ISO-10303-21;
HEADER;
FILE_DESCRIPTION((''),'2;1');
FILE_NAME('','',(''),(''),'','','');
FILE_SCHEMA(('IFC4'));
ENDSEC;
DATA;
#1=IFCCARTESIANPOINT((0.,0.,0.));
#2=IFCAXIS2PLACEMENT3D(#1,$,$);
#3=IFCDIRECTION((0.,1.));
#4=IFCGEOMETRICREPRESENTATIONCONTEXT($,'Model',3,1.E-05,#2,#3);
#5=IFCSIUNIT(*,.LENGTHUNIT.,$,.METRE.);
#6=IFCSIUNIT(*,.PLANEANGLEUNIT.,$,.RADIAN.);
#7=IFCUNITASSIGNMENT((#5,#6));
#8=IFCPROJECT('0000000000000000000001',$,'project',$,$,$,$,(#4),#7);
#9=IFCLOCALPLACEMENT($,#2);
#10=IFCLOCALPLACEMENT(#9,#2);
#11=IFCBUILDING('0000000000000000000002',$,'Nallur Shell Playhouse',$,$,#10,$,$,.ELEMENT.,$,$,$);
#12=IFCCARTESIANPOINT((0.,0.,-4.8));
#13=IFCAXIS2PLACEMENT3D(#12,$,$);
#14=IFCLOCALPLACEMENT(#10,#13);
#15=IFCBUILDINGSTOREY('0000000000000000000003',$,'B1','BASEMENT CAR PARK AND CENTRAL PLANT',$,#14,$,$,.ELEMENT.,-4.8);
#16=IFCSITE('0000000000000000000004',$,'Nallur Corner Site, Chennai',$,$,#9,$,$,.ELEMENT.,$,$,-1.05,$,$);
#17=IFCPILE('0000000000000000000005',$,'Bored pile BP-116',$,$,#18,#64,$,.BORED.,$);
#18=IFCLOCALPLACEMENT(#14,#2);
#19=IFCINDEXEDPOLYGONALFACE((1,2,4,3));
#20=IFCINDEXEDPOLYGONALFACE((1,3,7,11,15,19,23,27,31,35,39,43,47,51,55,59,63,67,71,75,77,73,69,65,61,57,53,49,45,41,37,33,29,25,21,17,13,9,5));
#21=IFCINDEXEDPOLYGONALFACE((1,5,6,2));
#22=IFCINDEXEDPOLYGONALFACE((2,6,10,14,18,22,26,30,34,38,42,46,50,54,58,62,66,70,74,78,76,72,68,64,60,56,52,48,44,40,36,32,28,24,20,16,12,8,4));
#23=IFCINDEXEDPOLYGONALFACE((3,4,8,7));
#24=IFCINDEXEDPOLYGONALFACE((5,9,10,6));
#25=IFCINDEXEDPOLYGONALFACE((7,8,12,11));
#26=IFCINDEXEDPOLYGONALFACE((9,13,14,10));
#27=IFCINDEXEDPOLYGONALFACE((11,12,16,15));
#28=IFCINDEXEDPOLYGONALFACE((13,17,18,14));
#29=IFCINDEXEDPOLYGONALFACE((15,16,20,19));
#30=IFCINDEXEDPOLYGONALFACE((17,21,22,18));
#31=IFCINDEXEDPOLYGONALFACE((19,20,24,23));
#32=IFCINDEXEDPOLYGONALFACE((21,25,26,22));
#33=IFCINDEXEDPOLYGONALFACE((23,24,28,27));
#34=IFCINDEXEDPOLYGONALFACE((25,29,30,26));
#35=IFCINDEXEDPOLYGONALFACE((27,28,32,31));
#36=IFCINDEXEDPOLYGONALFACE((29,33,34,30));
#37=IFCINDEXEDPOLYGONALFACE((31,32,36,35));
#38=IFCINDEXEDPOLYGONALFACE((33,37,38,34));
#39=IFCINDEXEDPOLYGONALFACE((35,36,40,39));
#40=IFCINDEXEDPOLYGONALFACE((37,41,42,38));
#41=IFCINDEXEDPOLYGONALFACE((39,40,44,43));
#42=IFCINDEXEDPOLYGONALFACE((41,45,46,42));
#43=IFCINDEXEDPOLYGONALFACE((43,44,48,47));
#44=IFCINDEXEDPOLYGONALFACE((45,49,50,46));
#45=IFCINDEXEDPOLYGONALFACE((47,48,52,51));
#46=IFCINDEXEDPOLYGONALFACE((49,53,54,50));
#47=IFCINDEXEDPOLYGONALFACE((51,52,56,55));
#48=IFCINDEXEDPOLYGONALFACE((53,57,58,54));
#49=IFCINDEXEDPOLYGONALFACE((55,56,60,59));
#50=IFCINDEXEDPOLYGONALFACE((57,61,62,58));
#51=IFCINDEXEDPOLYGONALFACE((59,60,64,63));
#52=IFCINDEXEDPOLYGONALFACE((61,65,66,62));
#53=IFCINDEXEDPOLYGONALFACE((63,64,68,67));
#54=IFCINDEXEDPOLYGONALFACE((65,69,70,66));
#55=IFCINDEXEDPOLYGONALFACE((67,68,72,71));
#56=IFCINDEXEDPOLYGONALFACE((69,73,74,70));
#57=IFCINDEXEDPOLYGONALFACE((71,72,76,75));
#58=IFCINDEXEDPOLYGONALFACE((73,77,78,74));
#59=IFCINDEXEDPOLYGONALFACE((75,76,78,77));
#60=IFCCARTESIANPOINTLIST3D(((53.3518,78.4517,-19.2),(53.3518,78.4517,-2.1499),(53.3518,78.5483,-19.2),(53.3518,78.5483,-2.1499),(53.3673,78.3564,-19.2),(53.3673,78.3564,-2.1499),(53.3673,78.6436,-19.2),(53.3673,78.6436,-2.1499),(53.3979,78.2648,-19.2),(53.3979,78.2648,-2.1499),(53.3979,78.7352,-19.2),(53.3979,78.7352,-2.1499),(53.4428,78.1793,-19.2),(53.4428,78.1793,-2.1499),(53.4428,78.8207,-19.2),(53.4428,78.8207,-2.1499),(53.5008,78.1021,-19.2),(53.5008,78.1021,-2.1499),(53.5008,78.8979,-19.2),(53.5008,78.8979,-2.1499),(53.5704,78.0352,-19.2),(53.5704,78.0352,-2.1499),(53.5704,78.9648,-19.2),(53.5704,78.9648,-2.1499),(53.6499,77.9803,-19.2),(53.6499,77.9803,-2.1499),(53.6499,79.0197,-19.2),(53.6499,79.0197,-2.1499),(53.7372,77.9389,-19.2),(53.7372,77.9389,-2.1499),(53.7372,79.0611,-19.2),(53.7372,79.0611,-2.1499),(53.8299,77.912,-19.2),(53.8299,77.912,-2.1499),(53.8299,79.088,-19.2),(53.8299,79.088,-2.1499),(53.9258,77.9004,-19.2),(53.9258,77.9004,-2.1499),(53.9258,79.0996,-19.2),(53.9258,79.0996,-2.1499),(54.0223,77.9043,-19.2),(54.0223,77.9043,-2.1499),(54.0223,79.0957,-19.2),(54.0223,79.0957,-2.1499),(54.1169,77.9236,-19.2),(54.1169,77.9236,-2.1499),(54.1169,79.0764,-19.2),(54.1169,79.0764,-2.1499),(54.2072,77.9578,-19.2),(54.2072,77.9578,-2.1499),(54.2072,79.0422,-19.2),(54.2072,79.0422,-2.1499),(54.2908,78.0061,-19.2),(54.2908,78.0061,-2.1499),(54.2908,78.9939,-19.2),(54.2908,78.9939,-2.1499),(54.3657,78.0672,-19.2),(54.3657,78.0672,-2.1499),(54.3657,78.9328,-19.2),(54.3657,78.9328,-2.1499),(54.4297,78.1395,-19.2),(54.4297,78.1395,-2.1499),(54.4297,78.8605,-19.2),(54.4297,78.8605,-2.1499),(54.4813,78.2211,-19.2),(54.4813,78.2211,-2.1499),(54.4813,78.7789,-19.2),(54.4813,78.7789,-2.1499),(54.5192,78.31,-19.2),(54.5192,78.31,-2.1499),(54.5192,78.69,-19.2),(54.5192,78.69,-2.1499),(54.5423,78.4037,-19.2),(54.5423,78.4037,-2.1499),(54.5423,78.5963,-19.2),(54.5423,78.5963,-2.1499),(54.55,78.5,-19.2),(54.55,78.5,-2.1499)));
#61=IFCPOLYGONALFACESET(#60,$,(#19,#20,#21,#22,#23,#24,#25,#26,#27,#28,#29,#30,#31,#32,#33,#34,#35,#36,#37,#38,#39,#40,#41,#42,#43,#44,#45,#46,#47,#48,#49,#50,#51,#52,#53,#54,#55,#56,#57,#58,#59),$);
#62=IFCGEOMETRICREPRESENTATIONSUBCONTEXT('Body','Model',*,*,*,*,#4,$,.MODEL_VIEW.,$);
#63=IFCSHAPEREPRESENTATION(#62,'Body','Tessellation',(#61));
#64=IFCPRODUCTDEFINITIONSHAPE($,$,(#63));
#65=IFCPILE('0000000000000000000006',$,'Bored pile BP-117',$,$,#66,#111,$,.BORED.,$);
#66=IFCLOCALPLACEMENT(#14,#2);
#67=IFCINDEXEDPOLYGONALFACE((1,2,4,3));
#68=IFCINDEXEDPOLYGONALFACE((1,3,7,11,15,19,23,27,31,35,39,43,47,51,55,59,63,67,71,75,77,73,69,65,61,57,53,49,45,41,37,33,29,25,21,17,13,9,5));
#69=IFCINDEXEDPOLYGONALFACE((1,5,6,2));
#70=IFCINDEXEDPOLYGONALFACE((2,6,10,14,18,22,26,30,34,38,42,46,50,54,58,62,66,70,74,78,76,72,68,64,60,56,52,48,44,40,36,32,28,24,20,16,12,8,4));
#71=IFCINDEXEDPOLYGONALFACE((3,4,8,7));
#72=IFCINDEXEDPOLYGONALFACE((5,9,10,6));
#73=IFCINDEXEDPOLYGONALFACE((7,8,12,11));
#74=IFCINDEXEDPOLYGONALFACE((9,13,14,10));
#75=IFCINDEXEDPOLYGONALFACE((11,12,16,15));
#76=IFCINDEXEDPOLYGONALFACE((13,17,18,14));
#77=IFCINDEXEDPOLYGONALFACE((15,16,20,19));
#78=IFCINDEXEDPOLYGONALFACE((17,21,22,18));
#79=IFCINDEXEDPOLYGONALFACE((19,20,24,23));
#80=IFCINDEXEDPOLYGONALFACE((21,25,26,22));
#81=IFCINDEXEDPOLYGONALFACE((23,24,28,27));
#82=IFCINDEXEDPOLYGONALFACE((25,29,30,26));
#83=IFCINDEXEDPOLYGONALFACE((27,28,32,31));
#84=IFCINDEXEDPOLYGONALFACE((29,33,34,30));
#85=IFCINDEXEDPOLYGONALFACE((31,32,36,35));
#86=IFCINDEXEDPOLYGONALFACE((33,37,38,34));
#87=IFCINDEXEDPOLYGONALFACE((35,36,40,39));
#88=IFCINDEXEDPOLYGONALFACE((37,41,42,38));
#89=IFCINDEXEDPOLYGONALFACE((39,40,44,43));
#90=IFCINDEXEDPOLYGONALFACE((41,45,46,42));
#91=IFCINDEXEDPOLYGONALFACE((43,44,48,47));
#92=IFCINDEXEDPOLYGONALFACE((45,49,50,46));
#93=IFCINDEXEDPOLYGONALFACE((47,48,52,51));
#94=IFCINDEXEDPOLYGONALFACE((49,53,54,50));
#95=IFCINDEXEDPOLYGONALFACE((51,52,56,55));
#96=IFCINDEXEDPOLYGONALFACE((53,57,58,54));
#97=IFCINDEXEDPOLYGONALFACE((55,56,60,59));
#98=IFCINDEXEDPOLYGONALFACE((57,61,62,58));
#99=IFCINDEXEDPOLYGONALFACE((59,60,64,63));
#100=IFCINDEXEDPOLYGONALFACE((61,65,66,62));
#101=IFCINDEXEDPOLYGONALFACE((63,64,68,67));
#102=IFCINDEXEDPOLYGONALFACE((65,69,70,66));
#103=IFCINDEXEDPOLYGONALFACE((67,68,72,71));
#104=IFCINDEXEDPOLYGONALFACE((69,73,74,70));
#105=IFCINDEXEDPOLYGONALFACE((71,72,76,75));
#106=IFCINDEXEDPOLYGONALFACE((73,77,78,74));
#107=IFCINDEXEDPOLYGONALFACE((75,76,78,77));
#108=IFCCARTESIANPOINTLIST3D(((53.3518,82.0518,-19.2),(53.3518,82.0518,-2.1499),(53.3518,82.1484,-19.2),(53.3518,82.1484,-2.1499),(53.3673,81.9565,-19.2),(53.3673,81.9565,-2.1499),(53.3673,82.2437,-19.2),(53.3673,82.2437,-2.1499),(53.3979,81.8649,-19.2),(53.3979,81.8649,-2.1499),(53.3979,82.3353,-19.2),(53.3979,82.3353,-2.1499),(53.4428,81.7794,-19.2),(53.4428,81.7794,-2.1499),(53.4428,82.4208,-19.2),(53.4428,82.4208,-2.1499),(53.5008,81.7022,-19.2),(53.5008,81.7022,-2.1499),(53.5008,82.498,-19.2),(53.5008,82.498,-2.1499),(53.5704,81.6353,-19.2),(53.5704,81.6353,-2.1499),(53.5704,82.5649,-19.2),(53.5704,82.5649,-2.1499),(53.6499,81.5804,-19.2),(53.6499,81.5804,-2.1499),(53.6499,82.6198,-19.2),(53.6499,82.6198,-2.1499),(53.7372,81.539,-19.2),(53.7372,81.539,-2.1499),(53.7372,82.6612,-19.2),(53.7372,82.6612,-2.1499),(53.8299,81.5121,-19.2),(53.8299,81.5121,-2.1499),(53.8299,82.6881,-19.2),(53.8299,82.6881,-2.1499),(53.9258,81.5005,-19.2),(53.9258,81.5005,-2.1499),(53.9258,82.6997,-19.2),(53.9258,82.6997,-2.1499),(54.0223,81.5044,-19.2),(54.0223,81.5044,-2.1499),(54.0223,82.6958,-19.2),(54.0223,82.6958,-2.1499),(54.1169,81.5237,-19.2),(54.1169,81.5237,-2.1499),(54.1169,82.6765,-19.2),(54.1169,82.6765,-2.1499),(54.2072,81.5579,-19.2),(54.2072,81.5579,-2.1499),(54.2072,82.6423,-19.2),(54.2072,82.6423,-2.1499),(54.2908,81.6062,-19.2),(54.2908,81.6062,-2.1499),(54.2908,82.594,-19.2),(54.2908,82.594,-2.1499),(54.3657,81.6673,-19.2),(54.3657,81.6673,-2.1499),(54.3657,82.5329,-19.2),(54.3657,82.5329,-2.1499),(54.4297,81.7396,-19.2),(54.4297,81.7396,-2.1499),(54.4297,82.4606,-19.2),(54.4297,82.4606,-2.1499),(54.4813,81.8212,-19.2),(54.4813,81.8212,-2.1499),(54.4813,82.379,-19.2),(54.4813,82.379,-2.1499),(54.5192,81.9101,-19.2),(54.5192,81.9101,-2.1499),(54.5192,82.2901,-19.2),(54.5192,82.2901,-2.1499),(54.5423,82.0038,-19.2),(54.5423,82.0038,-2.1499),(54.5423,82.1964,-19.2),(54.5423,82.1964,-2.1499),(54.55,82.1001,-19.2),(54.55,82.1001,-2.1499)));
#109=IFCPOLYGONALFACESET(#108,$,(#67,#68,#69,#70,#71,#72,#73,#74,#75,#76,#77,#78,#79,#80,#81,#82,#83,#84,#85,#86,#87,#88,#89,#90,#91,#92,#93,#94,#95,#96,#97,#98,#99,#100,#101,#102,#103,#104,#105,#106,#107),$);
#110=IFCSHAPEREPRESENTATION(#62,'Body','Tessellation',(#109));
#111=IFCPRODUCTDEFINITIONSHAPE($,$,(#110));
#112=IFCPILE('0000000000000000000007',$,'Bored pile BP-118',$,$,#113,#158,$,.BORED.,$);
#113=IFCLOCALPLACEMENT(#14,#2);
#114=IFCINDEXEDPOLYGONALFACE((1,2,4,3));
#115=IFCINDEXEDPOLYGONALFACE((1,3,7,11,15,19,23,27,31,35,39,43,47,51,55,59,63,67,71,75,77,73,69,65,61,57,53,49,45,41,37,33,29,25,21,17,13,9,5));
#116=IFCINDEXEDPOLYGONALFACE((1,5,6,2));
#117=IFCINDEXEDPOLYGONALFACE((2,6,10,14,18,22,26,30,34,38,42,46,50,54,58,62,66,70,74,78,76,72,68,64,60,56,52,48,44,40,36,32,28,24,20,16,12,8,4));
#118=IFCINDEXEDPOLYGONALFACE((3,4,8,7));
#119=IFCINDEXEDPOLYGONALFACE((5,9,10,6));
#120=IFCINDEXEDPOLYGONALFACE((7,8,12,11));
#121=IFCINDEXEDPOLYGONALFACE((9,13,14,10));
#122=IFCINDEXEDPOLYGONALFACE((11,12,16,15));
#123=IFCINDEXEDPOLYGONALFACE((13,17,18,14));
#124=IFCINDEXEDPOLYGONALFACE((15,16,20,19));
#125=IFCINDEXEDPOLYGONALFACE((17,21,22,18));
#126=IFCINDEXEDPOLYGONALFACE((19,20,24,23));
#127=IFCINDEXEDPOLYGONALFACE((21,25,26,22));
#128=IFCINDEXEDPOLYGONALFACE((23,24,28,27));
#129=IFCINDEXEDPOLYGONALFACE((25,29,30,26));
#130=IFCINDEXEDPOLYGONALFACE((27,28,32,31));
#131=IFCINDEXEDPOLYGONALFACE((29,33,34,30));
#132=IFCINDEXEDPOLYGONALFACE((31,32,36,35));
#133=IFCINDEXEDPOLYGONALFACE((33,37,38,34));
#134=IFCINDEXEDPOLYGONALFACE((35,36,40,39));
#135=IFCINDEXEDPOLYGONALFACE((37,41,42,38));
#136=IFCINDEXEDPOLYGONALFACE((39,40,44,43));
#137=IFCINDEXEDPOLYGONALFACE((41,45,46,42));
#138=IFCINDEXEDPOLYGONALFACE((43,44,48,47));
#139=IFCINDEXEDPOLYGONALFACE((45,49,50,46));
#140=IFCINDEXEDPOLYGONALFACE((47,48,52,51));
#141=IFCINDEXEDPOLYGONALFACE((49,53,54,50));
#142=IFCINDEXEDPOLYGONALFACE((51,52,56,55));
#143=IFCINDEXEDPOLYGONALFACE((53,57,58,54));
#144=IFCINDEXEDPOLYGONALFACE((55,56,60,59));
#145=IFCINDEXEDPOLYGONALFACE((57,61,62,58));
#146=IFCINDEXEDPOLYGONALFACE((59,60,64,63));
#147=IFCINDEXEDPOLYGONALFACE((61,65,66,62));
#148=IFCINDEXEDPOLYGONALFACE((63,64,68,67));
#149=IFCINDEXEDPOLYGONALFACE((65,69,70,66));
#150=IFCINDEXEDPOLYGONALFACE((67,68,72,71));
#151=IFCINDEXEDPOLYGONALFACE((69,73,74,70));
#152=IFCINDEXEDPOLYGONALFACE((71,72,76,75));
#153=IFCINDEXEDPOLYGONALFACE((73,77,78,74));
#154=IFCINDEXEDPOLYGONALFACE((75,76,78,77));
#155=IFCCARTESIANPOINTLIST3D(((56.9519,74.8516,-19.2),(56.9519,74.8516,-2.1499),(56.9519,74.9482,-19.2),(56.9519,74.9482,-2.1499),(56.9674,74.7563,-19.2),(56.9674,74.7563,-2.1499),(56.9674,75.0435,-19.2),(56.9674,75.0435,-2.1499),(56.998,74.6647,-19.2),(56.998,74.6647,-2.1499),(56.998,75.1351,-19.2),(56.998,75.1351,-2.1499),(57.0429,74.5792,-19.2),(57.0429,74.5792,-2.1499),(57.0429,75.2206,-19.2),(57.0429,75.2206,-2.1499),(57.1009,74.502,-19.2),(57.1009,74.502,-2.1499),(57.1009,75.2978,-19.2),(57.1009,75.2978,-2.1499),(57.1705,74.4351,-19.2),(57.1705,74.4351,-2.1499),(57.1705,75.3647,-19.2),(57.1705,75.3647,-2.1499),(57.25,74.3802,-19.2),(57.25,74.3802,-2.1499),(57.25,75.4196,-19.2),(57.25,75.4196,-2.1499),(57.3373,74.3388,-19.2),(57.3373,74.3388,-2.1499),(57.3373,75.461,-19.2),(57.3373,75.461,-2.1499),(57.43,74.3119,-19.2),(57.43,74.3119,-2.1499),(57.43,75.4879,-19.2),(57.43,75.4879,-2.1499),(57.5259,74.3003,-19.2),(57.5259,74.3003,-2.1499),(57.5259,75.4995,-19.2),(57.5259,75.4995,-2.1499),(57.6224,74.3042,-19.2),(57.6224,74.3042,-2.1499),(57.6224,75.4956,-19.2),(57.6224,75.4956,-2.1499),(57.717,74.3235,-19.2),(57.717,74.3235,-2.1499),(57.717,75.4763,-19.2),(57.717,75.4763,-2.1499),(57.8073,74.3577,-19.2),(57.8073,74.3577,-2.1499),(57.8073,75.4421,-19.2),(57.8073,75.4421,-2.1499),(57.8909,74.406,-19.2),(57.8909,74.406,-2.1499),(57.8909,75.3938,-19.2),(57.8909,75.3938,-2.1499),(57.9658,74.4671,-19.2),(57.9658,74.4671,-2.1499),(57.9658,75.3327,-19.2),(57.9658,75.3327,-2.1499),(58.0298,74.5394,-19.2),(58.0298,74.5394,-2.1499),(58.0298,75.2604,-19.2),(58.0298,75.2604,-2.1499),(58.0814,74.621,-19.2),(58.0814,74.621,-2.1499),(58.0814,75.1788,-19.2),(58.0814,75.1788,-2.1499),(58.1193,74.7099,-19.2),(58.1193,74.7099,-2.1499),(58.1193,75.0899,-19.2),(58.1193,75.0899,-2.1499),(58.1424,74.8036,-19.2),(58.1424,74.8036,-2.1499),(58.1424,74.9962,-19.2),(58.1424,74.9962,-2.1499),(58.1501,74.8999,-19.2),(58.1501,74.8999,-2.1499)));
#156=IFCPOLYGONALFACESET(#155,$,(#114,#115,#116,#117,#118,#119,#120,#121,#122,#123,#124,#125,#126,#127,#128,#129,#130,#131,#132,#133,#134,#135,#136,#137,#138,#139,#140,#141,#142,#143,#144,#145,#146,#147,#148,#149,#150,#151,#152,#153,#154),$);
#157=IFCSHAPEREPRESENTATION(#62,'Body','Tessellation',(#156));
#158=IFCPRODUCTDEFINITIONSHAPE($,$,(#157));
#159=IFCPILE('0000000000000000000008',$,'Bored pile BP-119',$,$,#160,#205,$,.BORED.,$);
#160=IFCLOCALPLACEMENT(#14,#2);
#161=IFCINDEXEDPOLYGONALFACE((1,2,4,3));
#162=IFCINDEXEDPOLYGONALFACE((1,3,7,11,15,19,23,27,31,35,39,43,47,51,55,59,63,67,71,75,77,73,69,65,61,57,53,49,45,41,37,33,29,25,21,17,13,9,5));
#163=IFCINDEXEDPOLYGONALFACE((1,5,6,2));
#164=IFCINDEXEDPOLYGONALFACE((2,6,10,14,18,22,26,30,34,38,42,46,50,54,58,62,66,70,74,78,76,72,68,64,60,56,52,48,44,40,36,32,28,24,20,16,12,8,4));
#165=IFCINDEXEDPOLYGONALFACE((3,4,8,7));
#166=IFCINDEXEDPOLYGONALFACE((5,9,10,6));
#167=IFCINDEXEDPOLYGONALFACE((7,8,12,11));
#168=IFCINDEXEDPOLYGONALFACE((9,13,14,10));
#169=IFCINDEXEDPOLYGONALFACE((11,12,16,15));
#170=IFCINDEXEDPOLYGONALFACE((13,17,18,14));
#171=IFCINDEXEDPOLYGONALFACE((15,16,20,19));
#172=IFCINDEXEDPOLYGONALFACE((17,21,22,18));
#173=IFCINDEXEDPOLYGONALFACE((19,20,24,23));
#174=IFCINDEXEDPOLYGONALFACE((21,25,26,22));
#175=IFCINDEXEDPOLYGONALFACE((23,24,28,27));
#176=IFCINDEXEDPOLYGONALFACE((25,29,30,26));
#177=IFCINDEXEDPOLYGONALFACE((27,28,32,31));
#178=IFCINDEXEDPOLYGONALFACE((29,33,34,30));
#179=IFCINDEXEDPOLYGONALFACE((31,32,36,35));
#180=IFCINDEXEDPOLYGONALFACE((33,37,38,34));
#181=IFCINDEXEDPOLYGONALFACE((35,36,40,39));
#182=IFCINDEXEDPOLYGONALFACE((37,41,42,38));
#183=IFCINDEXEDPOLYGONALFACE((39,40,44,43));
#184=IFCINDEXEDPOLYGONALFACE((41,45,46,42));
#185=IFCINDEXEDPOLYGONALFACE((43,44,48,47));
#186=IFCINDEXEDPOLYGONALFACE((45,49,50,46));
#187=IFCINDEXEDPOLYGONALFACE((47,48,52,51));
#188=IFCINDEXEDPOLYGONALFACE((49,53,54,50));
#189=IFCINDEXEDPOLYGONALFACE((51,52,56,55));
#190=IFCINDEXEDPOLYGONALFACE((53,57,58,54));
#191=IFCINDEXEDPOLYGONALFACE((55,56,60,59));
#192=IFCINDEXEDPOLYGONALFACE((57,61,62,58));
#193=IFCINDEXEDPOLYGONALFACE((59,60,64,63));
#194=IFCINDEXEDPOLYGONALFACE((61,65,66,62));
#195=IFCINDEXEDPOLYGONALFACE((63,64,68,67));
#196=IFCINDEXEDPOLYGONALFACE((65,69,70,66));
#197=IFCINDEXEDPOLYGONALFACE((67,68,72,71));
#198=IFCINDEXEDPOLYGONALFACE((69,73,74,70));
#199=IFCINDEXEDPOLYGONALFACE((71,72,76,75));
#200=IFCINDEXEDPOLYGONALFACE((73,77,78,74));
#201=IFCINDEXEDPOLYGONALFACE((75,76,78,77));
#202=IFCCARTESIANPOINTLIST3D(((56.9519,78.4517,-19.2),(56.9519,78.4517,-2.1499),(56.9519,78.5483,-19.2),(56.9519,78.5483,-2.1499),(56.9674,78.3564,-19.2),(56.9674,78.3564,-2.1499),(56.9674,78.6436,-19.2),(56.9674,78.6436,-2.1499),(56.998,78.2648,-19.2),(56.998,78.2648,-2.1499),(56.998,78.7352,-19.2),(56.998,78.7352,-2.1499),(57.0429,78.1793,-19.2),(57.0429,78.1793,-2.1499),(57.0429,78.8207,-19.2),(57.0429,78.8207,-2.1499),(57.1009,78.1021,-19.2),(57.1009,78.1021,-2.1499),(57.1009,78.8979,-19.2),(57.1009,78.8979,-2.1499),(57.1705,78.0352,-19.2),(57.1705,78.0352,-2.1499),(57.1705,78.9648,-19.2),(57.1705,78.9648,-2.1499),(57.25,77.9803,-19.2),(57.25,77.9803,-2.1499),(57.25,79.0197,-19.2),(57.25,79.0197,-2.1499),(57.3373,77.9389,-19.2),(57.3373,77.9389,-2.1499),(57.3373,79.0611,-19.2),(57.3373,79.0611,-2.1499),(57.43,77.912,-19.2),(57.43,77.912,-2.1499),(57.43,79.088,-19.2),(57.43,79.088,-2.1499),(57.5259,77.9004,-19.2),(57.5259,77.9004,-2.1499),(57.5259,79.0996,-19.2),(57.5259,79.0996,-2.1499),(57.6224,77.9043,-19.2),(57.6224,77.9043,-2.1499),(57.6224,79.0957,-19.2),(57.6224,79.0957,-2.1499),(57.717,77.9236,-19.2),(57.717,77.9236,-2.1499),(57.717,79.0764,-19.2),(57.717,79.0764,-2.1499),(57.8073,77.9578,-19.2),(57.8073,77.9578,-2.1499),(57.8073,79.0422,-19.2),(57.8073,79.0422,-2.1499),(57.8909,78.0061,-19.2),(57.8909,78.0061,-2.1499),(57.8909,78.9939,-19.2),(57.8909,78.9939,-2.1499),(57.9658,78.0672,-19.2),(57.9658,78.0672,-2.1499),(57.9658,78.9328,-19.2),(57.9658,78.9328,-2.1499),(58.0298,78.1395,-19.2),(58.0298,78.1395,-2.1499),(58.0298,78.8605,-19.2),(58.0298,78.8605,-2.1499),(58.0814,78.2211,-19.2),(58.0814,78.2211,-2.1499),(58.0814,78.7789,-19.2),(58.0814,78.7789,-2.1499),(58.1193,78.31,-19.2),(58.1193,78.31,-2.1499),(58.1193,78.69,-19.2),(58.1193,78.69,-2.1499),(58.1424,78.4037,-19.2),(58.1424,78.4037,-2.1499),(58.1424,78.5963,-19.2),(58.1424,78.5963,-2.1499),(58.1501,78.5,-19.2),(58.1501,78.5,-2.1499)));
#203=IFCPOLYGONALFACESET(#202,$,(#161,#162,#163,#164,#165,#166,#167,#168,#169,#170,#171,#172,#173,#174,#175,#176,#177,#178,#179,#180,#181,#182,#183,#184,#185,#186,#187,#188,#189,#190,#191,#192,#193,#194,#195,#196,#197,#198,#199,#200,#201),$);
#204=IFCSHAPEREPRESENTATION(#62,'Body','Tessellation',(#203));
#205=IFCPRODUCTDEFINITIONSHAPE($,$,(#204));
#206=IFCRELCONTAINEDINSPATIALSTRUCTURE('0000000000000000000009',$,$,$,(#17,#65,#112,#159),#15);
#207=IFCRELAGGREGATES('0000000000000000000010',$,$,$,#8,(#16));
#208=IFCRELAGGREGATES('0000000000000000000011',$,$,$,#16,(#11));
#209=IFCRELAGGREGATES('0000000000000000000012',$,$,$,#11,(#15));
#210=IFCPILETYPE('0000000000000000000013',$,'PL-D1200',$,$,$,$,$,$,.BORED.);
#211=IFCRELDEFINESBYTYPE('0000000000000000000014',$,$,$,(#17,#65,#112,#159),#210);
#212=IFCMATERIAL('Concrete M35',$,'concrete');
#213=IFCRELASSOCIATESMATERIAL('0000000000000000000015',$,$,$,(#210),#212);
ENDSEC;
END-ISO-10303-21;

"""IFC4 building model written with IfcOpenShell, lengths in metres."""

from ifc_helpers import new_model, si_unit, direction, frame, origin, origin_2d, place, context, subcontext, project, spatial, circle, extrude, material, material_profile, profile_set, type_object, element, save


model = new_model("IFC4")

# Units and contexts
model_context = context("Model", 3, precision=1e-05, world=origin(), true_north=direction((0.0, 1.0)))
body_context = subcontext(model_context, "Body", "Model", "MODEL_VIEW")
ifc_project = project(units=[si_unit("LENGTHUNIT", "METRE"), si_unit("PLANEANGLEUNIT", "RADIAN")], contexts=[model_context])

# Site, building, storey
site_placement = place(None, origin())
site = spatial("IfcSite", under=ifc_project, at=site_placement, Name="Nallur Corner Site, Chennai", CompositionType="ELEMENT", RefElevation=-1.05)
building_placement = place(site_placement, origin())
building = spatial("IfcBuilding", under=site, at=building_placement, Name="Nallur Shell Playhouse", CompositionType="ELEMENT")
storey_placement = place(building_placement, frame((0.0, 0.0, -4.8)))
storey = spatial("IfcBuildingStorey", under=building, at=storey_placement, Name="B1", Description="BASEMENT CAR PARK AND CENTRAL PLANT", CompositionType="ELEMENT", Elevation=-4.8)

# Shared definitions
ifc_material_1 = material(Name="Concrete M35", Category="concrete")

# Piles
ifc_material_profile_1 = material_profile(ifc_material_1, circle(Radius=0.6001, at=origin_2d()), Name="BORED PILE D1200")
ifc_profile_set_1 = profile_set([ifc_material_profile_1], Name="Concrete M35")
pile_type = type_object("IfcPileType", Name="PL-D1200", PredefinedType="BORED", material=ifc_profile_set_1)
for number, where, z_axis, x_axis, name in (
    (1, (53.95, 78.5, -2.1499), (0.0, 0.0, -1.0), (1.0, 0.0, 0.0), "Bored pile BP-116"),
    (2, (53.95, 82.1001, -2.1499), (0.0, 0.0, -1.0), (1.0, 0.0, 0.0), "Bored pile BP-117"),
    (3, (57.55, 74.8999, -2.1499), (0.0, 0.0, -1.0), (1.0, 0.0, 0.0), "Bored pile BP-118"),
    (4, (57.55, 78.5, -2.1499), (0.0, 0.0, -1.0), (1.0, 0.0, 0.0), "Bored pile BP-119"),
):
    element("IfcPile", number, at=place(storey_placement, frame(where, z_axis=z_axis, x_axis=x_axis)), inside=storey, type_object=pile_type, Name=name, PredefinedType="BORED", context=body_context, shape_type="SweptSolid", body=[
        extrude(circle(Radius=0.6001, at=origin_2d()), origin(), (0.0, 0.0, 1.0), 17.05),
    ])

save(model, "model.ifc")
